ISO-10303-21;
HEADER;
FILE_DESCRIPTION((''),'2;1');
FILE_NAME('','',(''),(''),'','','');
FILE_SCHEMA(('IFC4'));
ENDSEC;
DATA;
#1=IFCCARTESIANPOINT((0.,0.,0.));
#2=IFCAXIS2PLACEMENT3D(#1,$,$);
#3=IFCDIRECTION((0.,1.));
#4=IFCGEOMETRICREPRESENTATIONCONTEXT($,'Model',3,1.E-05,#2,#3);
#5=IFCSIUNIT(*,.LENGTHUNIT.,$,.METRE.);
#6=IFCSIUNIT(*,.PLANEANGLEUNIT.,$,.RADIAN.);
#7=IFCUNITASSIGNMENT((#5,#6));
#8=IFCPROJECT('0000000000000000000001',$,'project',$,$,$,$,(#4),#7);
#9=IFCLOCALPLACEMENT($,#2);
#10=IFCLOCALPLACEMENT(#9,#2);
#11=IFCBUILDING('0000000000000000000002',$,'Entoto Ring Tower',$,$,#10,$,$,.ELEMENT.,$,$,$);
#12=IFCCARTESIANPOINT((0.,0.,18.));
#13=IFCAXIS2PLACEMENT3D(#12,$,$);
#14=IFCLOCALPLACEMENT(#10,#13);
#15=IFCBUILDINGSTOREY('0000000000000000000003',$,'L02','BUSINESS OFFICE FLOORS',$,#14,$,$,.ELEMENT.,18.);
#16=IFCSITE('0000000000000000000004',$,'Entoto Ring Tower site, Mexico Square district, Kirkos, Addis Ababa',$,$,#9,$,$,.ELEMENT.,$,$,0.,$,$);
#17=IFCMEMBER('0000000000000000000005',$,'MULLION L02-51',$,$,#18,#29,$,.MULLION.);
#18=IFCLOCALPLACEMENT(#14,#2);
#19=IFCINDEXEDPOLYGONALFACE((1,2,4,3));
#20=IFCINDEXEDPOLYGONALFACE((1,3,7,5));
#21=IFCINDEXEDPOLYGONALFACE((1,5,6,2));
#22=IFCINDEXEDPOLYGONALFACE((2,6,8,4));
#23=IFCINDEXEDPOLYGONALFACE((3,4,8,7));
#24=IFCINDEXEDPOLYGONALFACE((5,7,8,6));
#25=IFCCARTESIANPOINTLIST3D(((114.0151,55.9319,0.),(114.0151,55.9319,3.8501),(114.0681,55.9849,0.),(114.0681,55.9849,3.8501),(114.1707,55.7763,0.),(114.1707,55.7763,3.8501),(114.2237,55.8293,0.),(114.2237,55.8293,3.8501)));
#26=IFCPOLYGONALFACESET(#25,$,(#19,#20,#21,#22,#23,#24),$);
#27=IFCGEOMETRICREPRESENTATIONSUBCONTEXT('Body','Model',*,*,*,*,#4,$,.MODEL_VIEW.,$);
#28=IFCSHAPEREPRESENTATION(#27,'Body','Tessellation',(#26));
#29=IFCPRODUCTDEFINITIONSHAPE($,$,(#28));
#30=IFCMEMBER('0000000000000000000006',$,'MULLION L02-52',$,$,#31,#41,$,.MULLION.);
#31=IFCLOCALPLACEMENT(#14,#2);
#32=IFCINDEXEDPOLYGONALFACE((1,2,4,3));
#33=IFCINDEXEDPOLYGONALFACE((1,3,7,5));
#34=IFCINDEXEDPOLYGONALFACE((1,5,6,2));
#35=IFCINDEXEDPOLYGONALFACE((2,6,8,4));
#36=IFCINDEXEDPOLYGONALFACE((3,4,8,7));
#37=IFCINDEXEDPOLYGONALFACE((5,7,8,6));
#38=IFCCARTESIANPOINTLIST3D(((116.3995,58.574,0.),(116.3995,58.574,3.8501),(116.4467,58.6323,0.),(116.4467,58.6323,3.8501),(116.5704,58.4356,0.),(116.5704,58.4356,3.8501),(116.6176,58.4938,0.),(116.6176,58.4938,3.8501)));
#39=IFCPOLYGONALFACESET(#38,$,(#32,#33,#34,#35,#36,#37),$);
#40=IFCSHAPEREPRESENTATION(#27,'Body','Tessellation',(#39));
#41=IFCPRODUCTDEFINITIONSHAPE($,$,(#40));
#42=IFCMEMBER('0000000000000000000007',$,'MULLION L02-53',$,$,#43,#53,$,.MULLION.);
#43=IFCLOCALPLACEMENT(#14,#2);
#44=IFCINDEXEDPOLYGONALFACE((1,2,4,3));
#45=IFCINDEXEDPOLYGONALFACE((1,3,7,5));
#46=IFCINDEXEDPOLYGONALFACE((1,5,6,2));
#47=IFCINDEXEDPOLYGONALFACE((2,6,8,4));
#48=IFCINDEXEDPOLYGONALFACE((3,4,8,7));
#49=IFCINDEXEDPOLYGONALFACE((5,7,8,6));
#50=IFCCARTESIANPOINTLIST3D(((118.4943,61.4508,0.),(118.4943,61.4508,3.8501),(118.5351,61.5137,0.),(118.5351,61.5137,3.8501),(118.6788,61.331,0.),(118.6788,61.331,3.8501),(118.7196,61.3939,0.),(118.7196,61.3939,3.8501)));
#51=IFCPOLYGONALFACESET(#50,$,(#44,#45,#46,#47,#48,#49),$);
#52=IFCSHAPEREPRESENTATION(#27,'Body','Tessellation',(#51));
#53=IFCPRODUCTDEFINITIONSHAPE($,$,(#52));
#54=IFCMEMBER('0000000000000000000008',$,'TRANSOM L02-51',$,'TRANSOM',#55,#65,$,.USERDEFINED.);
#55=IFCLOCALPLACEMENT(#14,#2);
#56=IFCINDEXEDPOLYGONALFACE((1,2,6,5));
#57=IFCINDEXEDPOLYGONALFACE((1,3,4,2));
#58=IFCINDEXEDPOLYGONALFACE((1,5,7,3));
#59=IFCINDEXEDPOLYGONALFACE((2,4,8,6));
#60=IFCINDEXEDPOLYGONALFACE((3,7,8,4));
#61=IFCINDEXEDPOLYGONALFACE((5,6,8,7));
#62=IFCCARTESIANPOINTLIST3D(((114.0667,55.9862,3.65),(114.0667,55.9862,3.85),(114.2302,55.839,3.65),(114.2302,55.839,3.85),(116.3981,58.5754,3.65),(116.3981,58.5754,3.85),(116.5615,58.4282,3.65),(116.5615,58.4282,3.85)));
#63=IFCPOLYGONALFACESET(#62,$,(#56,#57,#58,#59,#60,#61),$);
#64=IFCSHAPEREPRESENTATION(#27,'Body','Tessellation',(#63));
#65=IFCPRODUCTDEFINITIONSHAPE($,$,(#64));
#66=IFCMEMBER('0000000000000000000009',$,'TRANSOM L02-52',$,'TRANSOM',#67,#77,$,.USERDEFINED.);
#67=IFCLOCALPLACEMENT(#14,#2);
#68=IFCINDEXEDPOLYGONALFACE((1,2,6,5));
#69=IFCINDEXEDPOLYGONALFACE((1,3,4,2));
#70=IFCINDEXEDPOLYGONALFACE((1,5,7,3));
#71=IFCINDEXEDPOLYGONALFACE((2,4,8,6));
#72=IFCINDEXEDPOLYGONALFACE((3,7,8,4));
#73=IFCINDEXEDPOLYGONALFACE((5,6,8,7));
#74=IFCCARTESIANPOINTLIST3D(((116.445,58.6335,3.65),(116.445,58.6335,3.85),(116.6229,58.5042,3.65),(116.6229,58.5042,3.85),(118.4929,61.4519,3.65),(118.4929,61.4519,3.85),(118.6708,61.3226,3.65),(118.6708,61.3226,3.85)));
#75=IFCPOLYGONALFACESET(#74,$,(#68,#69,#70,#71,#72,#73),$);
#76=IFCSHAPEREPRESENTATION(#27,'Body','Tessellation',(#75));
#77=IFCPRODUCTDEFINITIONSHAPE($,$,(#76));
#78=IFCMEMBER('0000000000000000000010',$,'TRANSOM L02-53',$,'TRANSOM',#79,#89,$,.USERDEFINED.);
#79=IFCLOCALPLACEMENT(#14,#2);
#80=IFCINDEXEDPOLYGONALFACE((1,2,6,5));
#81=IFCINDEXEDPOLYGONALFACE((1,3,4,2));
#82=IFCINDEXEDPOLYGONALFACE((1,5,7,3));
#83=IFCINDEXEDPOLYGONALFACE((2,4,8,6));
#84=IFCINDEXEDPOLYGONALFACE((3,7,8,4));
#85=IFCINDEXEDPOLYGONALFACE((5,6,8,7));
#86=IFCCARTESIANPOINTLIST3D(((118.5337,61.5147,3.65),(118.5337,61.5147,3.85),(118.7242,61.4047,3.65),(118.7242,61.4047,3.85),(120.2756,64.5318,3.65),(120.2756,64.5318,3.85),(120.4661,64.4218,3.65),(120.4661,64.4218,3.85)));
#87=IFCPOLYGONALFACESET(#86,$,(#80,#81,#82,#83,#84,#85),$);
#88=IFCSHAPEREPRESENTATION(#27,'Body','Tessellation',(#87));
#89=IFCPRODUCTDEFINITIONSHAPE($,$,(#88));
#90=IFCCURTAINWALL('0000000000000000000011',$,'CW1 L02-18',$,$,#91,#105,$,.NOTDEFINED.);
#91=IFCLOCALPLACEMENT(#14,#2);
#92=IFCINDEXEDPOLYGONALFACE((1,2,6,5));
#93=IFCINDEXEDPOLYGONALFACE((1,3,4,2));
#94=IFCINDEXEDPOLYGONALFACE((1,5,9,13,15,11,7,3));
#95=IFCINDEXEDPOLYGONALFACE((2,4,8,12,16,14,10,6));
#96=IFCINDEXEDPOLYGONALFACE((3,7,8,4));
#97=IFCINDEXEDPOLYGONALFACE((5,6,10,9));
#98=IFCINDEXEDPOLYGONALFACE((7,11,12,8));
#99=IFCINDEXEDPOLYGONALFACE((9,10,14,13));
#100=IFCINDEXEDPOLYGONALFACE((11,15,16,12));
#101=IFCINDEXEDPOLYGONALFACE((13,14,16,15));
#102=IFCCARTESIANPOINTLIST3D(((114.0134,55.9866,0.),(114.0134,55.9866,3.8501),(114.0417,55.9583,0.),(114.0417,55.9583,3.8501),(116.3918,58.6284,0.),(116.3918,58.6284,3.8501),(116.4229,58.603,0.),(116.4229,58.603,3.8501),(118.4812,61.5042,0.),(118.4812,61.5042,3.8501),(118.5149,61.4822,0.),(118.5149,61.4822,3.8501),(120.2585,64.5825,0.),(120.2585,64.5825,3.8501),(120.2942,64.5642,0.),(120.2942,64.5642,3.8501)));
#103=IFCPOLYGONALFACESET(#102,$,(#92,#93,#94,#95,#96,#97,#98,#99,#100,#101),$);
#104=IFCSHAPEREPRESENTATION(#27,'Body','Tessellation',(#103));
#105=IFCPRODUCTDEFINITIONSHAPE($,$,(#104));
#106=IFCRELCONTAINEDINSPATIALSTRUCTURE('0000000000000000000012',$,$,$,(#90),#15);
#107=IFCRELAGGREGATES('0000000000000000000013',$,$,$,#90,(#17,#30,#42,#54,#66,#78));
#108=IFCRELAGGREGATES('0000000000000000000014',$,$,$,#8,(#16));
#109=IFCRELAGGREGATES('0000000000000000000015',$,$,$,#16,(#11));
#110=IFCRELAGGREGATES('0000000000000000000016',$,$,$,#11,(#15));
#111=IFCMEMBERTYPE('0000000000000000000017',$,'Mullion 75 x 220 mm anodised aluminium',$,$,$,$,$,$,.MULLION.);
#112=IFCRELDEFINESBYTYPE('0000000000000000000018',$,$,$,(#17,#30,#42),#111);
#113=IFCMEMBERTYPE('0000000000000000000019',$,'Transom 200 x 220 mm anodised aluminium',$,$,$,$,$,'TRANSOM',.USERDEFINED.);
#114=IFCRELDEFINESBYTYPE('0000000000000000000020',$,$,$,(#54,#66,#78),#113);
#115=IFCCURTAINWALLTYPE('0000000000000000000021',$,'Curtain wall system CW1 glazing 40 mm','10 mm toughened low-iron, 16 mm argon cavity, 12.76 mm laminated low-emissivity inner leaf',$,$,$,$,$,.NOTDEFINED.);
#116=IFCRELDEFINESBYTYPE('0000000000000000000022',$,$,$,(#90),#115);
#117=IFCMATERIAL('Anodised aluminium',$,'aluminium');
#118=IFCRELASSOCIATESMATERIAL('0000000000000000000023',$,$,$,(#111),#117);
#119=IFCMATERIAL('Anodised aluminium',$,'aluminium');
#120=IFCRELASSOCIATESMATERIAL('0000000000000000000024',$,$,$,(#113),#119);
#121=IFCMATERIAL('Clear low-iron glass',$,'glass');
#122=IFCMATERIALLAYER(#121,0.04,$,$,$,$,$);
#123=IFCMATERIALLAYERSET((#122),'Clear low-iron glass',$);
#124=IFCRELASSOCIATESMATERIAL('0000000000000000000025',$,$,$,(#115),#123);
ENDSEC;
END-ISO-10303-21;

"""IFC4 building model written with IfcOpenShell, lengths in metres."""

from ifc_helpers import new_model, si_unit, direction, frame, origin, origin_2d, place, context, subcontext, project, spatial, polyline, rectangle, outline, extrude, material, layer, layer_set, material_profile, profile_set, type_object, element, aggregate, save


model = new_model("IFC4")

# Units and contexts
model_context = context("Model", 3, precision=1e-05, world=origin(), true_north=direction((0.0, 1.0)))
body_context = subcontext(model_context, "Body", "Model", "MODEL_VIEW")
ifc_project = project(units=[si_unit("LENGTHUNIT", "METRE"), si_unit("PLANEANGLEUNIT", "RADIAN")], contexts=[model_context])

# Members
ifc_material_1 = material(Name="Anodised aluminium", Category="aluminium")
ifc_material_profile_1 = material_profile(ifc_material_1, rectangle(XDim=0.075, YDim=0.22, at=origin_2d()), Name="Mullion 75 x 220 mm anodised aluminium")
ifc_profile_set_1 = profile_set([ifc_material_profile_1], Name="Anodised aluminium")
member_type_1 = type_object("IfcMemberType", Name="Mullion 75 x 220 mm anodised aluminium", PredefinedType="MULLION", material=ifc_profile_set_1)
site_placement = place(None, origin())
building_placement = place(site_placement, origin())
storey_placement = place(building_placement, frame((0.0, 0.0, 18.0)))
member_1_placement = place(storey_placement, frame((114.1194, 55.8806, 0.0), z_axis=(0.0, 0.0, 1.0), x_axis=(0.707107, 0.707107, 0.0)))
member_1 = element("IfcMember", 1, at=member_1_placement, type_object=member_type_1, Name="MULLION L02-51", PredefinedType="MULLION", context=body_context, shape_type="SweptSolid", body=[
    extrude(rectangle(XDim=0.075, YDim=0.22, at=origin_2d()), origin(), (0.0, 0.0, 1.0), 3.8501),
])
member_2_placement = place(storey_placement, frame((116.5085, 58.5339, 0.0), z_axis=(0.0, 0.0, 1.0), x_axis=(0.62932, 0.777146, 0.0)))
member_2 = element("IfcMember", 2, at=member_2_placement, type_object=member_type_1, Name="MULLION L02-52", PredefinedType="MULLION", context=body_context, shape_type="SweptSolid", body=[
    extrude(rectangle(XDim=0.075, YDim=0.22, at=origin_2d()), origin(), (0.0, 0.0, 1.0), 3.8501),
])
member_3_placement = place(storey_placement, frame((118.6069, 61.4224, 0.0), z_axis=(0.0, 0.0, 1.0), x_axis=(0.544639, 0.838671, 0.0)))
member_3 = element("IfcMember", 3, at=member_3_placement, type_object=member_type_1, Name="MULLION L02-53", PredefinedType="MULLION", context=body_context, shape_type="SweptSolid", body=[
    extrude(rectangle(XDim=0.075, YDim=0.22, at=origin_2d()), origin(), (0.0, 0.0, 1.0), 3.8501),
])
ifc_material_2 = material(Name="Anodised aluminium", Category="aluminium")
ifc_material_profile_2 = material_profile(ifc_material_2, rectangle(XDim=0.22, YDim=0.2, at=origin_2d()), Name="Transom 200 x 220 mm anodised aluminium")
ifc_profile_set_2 = profile_set([ifc_material_profile_2], Name="Anodised aluminium")
member_type_2 = type_object("IfcMemberType", Name="Transom 200 x 220 mm anodised aluminium", ElementType="TRANSOM", PredefinedType="USERDEFINED", material=ifc_profile_set_2)
member_4_placement = place(storey_placement, frame((114.1484, 55.9126, 3.75), z_axis=(0.669139, 0.743137, 0.0), x_axis=(-0.743137, 0.669139, 0.0)))
member_4 = element("IfcMember", 4, at=member_4_placement, type_object=member_type_2, Name="TRANSOM L02-51", ObjectType="TRANSOM", PredefinedType="USERDEFINED", context=body_context, shape_type="SweptSolid", body=[
    extrude(rectangle(XDim=0.22, YDim=0.2, at=origin_2d()), origin(), (0.0, 0.0, 1.0), 3.4841),
])
member_5_placement = place(storey_placement, frame((116.5339, 58.5688, 3.75), z_axis=(0.587822, 0.808991, 0.0), x_axis=(-0.808991, 0.587822, 0.0)))
member_5 = element("IfcMember", 5, at=member_5_placement, type_object=member_type_2, Name="TRANSOM L02-52", ObjectType="TRANSOM", PredefinedType="USERDEFINED", context=body_context, shape_type="SweptSolid", body=[
    extrude(rectangle(XDim=0.22, YDim=0.2, at=origin_2d()), origin(), (0.0, 0.0, 1.0), 3.4839),
])
member_6_placement = place(storey_placement, frame((118.6289, 61.4597, 3.75), z_axis=(0.500006, 0.866022, 0.0), x_axis=(-0.866022, 0.500006, 0.0)))
member_6 = element("IfcMember", 6, at=member_6_placement, type_object=member_type_2, Name="TRANSOM L02-53", ObjectType="TRANSOM", PredefinedType="USERDEFINED", context=body_context, shape_type="SweptSolid", body=[
    extrude(rectangle(XDim=0.22, YDim=0.2, at=origin_2d()), origin(), (0.0, 0.0, 1.0), 3.4839),
])

# Site, building, storey
site = spatial("IfcSite", under=ifc_project, at=site_placement, Name="Entoto Ring Tower site, Mexico Square district, Kirkos, Addis Ababa", CompositionType="ELEMENT", RefElevation=0.0)
building = spatial("IfcBuilding", under=site, at=building_placement, Name="Entoto Ring Tower", CompositionType="ELEMENT")
storey = spatial("IfcBuildingStorey", under=building, at=storey_placement, Name="L02", Description="BUSINESS OFFICE FLOORS", CompositionType="ELEMENT", Elevation=18.0)

# Curtain wall
ifc_material_3 = material(Name="Clear low-iron glass", Category="glass")
ifc_layer = layer(ifc_material_3, 0.04)
ifc_layer_set = layer_set([ifc_layer], Name="Clear low-iron glass")
curtain_wall_type = type_object("IfcCurtainWallType", Name="Curtain wall system CW1 glazing 40 mm", Description="10 mm toughened low-iron, 16 mm argon cavity, 12.76 mm laminated low-emissivity inner leaf", PredefinedType="NOTDEFINED", material=ifc_layer_set)
curtain_wall_1_placement = place(storey_placement, origin())
curtain_wall_1 = element("IfcCurtainWall", 7, at=curtain_wall_1_placement, inside=storey, type_object=curtain_wall_type, Name="CW1 L02-18", PredefinedType="NOTDEFINED", context=body_context, shape_type="SweptSolid", body=[
    extrude(outline(polyline([(114.0417, 55.9583), (116.4229, 58.603), (118.5149, 61.4822), (120.2942, 64.5642), (120.2585, 64.5825), (118.4812, 61.5042), (116.3918, 58.6284), (114.0134, 55.9866), (114.0417, 55.9583)])), origin(), (0.0, 0.0, 1.0), 3.8501),
])
aggregate(curtain_wall_1, [member_1, member_2, member_3, member_4, member_5, member_6])

save(model, "model.ifc")
